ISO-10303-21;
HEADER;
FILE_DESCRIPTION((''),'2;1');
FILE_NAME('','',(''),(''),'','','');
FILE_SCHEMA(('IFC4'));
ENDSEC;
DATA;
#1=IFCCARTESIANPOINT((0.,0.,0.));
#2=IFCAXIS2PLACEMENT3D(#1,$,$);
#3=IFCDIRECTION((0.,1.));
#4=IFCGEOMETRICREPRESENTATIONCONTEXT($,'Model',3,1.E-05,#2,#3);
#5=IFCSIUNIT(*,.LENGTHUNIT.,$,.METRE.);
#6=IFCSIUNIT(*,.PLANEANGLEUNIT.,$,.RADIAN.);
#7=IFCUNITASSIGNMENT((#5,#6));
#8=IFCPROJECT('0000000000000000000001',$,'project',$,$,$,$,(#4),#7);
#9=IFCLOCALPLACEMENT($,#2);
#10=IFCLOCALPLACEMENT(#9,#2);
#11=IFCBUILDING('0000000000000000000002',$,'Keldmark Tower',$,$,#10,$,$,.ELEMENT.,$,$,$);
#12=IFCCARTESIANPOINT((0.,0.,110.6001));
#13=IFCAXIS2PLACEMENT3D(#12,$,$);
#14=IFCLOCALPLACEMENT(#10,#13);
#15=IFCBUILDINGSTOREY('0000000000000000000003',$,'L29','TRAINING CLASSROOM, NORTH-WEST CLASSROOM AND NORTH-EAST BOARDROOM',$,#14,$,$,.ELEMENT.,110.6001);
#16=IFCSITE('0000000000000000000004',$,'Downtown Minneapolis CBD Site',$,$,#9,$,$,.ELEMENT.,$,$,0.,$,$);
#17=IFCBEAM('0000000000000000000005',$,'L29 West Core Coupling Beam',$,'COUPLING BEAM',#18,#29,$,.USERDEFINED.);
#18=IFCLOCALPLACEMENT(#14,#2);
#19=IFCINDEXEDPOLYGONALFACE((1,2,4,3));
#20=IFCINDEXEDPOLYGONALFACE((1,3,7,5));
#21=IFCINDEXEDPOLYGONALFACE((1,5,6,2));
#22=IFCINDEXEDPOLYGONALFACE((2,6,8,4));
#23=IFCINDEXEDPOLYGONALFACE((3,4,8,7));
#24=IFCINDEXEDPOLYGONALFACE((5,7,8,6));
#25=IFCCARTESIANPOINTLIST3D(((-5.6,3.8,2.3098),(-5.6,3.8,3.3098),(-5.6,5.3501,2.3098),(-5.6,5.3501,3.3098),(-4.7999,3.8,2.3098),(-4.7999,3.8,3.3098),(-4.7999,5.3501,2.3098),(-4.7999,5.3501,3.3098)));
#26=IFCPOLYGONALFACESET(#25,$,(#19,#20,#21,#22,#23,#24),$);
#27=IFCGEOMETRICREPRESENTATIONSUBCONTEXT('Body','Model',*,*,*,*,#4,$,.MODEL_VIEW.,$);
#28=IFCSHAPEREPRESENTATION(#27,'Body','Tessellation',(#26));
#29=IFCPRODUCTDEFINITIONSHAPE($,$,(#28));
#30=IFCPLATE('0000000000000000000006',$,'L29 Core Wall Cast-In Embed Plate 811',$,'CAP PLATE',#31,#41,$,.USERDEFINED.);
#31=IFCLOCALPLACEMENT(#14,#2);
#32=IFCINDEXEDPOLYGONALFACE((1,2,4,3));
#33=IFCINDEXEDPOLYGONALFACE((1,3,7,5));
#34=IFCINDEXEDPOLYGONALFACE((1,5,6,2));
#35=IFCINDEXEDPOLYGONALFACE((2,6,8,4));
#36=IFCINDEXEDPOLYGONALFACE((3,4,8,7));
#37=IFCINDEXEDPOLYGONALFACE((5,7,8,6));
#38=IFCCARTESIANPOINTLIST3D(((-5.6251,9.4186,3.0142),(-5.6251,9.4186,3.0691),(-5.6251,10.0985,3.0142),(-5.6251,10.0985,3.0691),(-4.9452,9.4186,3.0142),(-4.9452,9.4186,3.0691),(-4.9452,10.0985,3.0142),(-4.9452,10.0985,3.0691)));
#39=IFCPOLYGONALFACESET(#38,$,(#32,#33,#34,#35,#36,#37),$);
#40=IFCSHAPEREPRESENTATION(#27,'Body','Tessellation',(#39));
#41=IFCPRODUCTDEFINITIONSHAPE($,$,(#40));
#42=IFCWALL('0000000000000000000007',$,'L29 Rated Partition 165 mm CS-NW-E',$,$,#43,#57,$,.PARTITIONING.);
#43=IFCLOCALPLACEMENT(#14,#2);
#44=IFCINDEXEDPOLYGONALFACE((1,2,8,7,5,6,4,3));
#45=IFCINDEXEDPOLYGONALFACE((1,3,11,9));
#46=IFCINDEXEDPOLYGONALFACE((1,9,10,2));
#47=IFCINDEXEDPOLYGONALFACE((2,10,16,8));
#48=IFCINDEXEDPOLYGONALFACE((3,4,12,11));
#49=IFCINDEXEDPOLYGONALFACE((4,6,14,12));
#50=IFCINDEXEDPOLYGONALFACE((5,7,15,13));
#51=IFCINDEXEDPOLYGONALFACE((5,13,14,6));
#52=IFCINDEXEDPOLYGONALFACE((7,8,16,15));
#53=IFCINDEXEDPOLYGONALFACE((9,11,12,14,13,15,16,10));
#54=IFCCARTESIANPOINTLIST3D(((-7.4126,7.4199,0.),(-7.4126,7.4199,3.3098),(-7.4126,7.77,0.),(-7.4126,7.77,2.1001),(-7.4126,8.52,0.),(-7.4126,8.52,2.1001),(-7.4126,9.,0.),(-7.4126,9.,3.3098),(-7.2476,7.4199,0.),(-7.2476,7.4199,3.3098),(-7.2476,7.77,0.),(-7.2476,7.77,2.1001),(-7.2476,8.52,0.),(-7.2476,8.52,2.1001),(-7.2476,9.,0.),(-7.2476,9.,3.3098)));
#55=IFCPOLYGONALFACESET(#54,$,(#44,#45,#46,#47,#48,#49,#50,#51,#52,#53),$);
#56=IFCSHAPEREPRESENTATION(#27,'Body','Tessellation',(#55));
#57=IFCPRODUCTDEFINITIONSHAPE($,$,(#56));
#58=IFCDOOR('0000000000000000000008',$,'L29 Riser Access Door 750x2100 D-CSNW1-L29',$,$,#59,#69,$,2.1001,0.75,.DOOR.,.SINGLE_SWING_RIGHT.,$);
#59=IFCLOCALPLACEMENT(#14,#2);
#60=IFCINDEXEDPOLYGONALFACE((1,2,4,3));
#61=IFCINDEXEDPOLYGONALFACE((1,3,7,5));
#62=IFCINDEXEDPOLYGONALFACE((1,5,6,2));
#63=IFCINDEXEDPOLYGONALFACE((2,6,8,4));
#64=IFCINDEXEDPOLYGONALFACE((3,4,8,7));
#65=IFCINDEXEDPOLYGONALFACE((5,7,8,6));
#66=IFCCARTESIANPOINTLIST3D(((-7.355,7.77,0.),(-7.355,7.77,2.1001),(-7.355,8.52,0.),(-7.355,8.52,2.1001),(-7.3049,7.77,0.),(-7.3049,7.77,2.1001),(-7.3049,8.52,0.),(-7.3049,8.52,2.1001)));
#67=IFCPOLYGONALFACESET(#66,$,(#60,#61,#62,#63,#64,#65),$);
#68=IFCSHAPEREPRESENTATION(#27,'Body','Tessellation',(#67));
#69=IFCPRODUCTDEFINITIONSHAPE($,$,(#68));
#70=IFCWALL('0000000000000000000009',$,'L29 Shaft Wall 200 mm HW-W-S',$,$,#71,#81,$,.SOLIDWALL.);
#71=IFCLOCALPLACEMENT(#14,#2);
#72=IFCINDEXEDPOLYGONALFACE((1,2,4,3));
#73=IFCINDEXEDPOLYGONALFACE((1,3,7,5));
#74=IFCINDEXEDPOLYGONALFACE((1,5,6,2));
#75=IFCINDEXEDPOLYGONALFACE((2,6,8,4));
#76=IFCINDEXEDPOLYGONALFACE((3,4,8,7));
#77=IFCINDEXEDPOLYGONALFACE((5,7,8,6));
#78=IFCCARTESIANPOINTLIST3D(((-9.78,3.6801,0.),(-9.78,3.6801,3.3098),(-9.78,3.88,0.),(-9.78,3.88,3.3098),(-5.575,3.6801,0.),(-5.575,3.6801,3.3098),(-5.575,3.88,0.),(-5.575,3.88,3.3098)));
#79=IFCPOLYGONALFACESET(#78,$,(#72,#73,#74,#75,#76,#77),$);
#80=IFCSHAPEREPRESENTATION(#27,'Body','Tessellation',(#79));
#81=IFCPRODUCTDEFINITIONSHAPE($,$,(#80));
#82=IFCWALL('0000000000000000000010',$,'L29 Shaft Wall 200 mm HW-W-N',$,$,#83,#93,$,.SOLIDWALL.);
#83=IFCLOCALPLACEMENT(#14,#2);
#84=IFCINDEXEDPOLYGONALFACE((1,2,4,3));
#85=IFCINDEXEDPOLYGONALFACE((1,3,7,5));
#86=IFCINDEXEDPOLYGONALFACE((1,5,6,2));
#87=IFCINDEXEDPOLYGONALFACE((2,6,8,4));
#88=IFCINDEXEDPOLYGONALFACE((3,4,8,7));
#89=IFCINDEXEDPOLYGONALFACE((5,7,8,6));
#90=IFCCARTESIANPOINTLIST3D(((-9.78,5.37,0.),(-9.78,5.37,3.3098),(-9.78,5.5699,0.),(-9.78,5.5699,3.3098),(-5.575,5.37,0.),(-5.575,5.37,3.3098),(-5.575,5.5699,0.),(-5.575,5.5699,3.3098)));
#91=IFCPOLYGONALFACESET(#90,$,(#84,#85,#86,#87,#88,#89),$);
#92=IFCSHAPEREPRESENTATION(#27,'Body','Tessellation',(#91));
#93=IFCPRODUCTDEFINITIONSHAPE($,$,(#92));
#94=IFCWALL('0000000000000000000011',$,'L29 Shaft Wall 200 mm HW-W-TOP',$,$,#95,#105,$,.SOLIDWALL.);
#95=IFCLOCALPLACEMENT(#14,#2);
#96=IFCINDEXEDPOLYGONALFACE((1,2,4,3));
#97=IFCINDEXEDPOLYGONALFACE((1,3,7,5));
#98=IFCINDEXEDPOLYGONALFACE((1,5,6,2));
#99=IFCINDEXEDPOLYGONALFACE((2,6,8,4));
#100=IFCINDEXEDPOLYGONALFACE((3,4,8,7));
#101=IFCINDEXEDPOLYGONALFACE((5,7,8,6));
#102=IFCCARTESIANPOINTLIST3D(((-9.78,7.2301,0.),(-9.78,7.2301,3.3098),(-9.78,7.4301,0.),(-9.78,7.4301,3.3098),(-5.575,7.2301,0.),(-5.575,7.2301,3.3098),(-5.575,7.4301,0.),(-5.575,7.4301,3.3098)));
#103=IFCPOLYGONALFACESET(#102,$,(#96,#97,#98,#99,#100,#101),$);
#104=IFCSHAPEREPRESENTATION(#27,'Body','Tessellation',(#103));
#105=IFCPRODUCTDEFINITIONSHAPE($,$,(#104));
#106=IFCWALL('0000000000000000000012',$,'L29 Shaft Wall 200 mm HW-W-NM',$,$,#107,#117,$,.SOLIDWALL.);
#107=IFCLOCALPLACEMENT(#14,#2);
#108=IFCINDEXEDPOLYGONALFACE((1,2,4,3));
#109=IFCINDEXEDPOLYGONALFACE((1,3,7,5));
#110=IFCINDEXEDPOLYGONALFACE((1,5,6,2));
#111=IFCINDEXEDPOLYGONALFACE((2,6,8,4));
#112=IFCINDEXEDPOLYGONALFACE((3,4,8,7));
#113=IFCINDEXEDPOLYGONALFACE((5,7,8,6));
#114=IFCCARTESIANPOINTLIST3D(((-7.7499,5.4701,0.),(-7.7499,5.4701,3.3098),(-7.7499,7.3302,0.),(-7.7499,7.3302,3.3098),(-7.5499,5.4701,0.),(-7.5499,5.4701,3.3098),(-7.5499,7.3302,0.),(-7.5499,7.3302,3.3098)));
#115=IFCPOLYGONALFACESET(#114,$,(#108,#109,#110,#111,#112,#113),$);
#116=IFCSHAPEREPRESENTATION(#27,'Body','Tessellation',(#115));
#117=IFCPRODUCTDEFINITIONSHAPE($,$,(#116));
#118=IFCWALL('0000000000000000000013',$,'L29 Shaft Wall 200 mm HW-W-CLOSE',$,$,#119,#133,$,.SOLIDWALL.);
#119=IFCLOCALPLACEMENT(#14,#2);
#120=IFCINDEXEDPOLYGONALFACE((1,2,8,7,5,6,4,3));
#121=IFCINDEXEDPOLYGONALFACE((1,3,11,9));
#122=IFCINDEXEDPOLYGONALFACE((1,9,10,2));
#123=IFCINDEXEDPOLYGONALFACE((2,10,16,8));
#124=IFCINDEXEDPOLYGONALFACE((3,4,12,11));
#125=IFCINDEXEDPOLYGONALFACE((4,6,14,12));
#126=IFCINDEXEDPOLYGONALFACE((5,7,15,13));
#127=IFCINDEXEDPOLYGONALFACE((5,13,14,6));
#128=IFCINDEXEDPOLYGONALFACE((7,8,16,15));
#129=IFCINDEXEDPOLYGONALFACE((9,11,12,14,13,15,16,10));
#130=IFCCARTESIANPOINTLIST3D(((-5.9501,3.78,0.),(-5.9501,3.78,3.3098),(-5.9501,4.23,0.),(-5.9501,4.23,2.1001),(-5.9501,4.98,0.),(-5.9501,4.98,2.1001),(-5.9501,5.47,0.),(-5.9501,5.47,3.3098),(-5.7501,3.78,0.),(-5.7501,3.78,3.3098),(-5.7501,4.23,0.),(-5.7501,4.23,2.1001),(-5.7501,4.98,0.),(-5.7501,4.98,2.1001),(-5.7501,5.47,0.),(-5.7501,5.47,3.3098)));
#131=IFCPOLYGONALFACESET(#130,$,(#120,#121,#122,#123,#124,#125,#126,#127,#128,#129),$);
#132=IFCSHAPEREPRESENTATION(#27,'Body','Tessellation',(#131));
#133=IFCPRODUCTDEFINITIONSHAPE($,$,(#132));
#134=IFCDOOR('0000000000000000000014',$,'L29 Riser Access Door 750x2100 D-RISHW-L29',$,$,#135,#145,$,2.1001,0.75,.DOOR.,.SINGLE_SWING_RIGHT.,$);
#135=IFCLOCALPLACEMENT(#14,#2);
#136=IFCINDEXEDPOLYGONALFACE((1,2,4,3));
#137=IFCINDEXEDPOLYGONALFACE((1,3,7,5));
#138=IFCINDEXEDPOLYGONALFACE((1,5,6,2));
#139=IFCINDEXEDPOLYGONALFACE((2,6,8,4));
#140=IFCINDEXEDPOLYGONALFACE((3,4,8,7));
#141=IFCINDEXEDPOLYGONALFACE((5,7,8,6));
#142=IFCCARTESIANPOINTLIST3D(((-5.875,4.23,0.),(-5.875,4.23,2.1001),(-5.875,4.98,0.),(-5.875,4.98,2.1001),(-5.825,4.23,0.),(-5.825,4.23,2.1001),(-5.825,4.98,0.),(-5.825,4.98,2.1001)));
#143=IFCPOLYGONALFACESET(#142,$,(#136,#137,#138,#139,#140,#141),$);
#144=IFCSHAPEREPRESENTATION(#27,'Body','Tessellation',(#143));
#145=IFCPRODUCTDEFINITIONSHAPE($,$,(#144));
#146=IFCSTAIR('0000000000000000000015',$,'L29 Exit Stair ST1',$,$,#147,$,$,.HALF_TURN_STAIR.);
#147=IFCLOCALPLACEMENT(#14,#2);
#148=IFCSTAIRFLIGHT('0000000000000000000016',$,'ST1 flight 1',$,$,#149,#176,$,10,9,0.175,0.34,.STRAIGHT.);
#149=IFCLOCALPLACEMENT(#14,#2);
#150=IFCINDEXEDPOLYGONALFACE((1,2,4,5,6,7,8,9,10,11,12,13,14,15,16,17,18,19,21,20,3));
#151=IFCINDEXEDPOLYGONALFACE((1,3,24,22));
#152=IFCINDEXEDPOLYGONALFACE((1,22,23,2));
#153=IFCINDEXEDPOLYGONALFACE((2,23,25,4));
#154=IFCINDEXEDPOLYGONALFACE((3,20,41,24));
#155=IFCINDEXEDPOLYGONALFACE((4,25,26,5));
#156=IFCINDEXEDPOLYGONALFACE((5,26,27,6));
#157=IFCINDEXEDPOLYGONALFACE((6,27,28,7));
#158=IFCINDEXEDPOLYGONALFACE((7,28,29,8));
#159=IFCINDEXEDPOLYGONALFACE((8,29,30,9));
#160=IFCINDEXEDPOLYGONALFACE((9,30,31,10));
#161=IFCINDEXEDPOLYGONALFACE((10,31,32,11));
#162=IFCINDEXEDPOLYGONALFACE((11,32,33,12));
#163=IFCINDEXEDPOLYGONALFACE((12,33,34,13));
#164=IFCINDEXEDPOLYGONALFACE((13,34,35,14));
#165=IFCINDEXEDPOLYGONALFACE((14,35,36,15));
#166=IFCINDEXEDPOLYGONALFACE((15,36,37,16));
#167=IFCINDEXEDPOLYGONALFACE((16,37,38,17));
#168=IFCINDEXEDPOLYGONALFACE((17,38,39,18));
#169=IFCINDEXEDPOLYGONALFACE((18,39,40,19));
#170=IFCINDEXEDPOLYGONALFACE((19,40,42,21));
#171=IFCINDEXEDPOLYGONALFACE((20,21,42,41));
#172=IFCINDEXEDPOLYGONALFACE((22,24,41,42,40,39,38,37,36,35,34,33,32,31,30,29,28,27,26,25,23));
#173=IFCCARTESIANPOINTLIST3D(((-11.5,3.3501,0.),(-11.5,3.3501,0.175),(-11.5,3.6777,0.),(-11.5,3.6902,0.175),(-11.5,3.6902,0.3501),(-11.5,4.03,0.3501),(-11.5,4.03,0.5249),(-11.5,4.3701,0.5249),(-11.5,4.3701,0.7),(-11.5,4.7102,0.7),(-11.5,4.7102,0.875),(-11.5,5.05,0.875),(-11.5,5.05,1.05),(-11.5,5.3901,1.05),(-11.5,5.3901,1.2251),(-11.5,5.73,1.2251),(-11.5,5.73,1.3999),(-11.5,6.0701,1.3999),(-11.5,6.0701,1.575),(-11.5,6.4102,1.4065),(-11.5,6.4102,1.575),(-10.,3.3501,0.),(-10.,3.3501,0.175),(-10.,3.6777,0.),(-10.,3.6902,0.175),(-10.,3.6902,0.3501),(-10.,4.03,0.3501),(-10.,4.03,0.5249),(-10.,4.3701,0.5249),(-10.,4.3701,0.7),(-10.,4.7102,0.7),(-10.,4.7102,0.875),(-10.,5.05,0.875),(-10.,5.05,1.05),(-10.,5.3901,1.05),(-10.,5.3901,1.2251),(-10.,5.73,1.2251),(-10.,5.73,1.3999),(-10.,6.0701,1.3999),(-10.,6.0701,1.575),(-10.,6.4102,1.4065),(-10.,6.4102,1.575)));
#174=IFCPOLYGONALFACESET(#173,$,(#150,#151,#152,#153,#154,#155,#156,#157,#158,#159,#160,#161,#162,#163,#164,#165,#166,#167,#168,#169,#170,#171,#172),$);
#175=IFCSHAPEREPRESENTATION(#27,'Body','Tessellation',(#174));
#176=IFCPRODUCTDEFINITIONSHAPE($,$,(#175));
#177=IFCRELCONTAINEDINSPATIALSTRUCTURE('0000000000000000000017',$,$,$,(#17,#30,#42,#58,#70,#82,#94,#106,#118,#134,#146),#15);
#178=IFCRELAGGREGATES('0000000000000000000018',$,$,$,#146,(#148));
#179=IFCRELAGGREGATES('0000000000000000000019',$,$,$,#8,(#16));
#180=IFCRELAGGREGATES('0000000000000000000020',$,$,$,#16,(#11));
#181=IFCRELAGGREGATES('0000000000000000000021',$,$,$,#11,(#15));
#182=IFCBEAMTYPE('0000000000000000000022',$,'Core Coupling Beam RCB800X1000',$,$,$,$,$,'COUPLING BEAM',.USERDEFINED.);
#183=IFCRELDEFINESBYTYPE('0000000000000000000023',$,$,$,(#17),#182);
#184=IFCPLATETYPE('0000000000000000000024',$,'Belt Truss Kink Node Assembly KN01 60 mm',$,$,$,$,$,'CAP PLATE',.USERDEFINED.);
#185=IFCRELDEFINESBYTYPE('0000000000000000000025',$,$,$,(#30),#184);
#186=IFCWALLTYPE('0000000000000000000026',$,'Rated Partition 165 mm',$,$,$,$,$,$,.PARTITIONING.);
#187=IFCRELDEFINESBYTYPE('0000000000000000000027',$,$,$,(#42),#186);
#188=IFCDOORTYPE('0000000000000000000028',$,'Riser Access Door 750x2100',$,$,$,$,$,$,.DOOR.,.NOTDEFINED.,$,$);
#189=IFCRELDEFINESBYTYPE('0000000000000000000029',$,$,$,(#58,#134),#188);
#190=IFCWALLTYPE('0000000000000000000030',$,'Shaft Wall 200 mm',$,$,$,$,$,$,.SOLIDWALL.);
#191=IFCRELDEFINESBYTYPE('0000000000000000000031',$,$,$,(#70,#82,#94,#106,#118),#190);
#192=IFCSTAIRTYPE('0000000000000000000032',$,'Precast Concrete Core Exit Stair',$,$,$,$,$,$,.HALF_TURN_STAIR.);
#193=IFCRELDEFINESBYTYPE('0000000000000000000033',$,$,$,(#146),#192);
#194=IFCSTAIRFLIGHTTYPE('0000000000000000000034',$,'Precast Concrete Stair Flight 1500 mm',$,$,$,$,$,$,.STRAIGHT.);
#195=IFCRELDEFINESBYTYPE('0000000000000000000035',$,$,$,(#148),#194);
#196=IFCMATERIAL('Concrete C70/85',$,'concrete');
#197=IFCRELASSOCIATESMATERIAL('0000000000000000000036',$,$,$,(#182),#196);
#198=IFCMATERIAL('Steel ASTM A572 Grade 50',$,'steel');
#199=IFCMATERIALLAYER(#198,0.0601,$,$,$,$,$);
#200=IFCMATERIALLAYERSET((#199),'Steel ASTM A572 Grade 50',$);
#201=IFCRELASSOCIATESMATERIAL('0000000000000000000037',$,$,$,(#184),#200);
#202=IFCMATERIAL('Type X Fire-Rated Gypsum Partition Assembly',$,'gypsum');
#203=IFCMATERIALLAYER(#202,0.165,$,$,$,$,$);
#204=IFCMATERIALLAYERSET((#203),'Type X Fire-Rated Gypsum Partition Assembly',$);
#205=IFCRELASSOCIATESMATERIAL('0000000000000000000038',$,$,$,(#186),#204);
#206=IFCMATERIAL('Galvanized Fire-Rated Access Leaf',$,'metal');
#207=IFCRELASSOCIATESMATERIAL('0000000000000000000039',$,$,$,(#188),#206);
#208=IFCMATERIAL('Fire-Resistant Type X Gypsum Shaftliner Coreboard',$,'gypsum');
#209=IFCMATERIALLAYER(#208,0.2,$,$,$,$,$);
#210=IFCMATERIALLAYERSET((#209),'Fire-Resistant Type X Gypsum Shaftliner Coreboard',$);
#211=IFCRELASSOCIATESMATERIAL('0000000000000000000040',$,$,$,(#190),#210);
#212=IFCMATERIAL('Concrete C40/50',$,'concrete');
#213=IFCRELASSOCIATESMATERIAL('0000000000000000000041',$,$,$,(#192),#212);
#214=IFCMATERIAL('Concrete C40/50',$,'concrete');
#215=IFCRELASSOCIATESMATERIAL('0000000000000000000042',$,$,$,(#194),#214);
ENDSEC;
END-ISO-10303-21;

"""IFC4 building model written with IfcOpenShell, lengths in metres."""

from ifc_helpers import new_model, si_unit, direction, frame, frame_2d, origin, origin_2d, place, context, subcontext, project, spatial, polyline, rectangle, outline, extrude, material, layer, layer_set, material_profile, profile_set, type_object, element, fill, aggregate, save


model = new_model("IFC4")

# Units and contexts
model_context = context("Model", 3, precision=1e-05, world=origin(), true_north=direction((0.0, 1.0)))
body_context = subcontext(model_context, "Body", "Model", "MODEL_VIEW")
ifc_project = project(units=[si_unit("LENGTHUNIT", "METRE"), si_unit("PLANEANGLEUNIT", "RADIAN")], contexts=[model_context])

# Site, building, storey
site_placement = place(None, origin())
site = spatial("IfcSite", under=ifc_project, at=site_placement, Name="Downtown Minneapolis CBD Site", CompositionType="ELEMENT", RefElevation=0.0)
building_placement = place(site_placement, origin())
building = spatial("IfcBuilding", under=site, at=building_placement, Name="Keldmark Tower", CompositionType="ELEMENT")
storey_placement = place(building_placement, frame((0.0, 0.0, 110.6001)))
storey = spatial("IfcBuildingStorey", under=building, at=storey_placement, Name="L29", Description="TRAINING CLASSROOM, NORTH-WEST CLASSROOM AND NORTH-EAST BOARDROOM", CompositionType="ELEMENT", Elevation=110.6001)

# Beam
ifc_material_1 = material(Name="Concrete C70/85", Category="concrete")
ifc_material_profile = material_profile(ifc_material_1, rectangle(XDim=0.8, YDim=1.0, at=origin_2d()), Name="RCB800X1000")
ifc_profile_set = profile_set([ifc_material_profile], Name="Concrete C70/85")
beam_type = type_object("IfcBeamType", Name="Core Coupling Beam RCB800X1000", ElementType="COUPLING BEAM", PredefinedType="USERDEFINED", material=ifc_profile_set)
beam_placement = place(storey_placement, frame((-5.2, 3.8, 2.8098), z_axis=(0.0, 1.0, 0.0), x_axis=(-1.0, 0.0, 0.0)))
element("IfcBeam", 1, at=beam_placement, inside=storey, type_object=beam_type, Name="L29 West Core Coupling Beam", ObjectType="COUPLING BEAM", PredefinedType="USERDEFINED", context=body_context, shape_type="SweptSolid", body=[
    extrude(rectangle(XDim=0.8, YDim=1.0, at=origin_2d()), origin(), (0.0, 0.0, 1.0), 1.55),
])

# Plate
ifc_material_2 = material(Name="Steel ASTM A572 Grade 50", Category="steel")
ifc_layer_1 = layer(ifc_material_2, 0.0601)
ifc_layer_set_1 = layer_set([ifc_layer_1], Name="Steel ASTM A572 Grade 50")
plate_type = type_object("IfcPlateType", Name="Belt Truss Kink Node Assembly KN01 60 mm", ElementType="CAP PLATE", PredefinedType="USERDEFINED", material=ifc_layer_set_1)
plate_placement = place(storey_placement, frame((-5.2852, 9.7585, 3.0142), z_axis=(0.0, 0.0, 1.0), x_axis=(1.0, 0.0, 0.0)))
element("IfcPlate", 2, at=plate_placement, inside=storey, type_object=plate_type, Name="L29 Core Wall Cast-In Embed Plate 811", ObjectType="CAP PLATE", PredefinedType="USERDEFINED", context=body_context, shape_type="SweptSolid", body=[
    extrude(rectangle(XDim=0.6799, YDim=0.6799, at=origin_2d()), origin(), (0.0, 0.0, 1.0), 0.0549),
])

# Wall, opening, door
ifc_material_3 = material(Name="Type X Fire-Rated Gypsum Partition Assembly", Category="gypsum")
ifc_layer_2 = layer(ifc_material_3, 0.165)
ifc_layer_set_2 = layer_set([ifc_layer_2], Name="Type X Fire-Rated Gypsum Partition Assembly")
wall_type_1 = type_object("IfcWallType", Name="Rated Partition 165 mm", PredefinedType="PARTITIONING", material=ifc_layer_set_2)
wall_1_placement = place(storey_placement, frame((-7.3301, 7.4199, 0.0), z_axis=(0.0, 0.0, 1.0), x_axis=(0.0, 1.0, 0.0)))
wall_1 = element("IfcWall", 3, at=wall_1_placement, inside=storey, type_object=wall_type_1, Name="L29 Rated Partition 165 mm CS-NW-E", PredefinedType="PARTITIONING", context=body_context, shape_type="SweptSolid", body=[
    extrude(rectangle(XDim=1.5801, YDim=0.165, at=frame_2d((0.79, 0.0))), origin(), (0.0, 0.0, 1.0), 3.3098),
])
opening_1_placement = place(wall_1_placement, frame((0.3501, 0.0, 0.0)))
opening_1 = element("IfcOpeningElement", 4, at=opening_1_placement, cuts=wall_1, PredefinedType="OPENING", context=body_context, shape_type="SweptSolid", body=[
    extrude(rectangle(XDim=0.75, YDim=2.1001, at=frame_2d((0.375, 1.05))), frame((0.0, 0.0925, 0.0), z_axis=(0.0, -1.0, 0.0), x_axis=(1.0, 0.0, 0.0)), (0.0, 0.0, 1.0), 0.1851),
])
ifc_material_4 = material(Name="Galvanized Fire-Rated Access Leaf", Category="metal")
door_type = type_object("IfcDoorType", Name="Riser Access Door 750x2100", OperationType="NOTDEFINED", PredefinedType="DOOR", material=ifc_material_4)
door_1_placement = place(opening_1_placement, origin())
door_1 = element("IfcDoor", 5, at=door_1_placement, inside=storey, type_object=door_type, Name="L29 Riser Access Door 750x2100 D-CSNW1-L29", OperationType="SINGLE_SWING_RIGHT", OverallHeight=2.1001, OverallWidth=0.75, PredefinedType="DOOR", context=body_context, shape_type="SweptSolid", body=[
    extrude(rectangle(XDim=0.75, YDim=2.1001, at=frame_2d((0.375, 1.05))), frame((0.0, 0.0249, 0.0), z_axis=(0.0, -1.0, 0.0), x_axis=(1.0, 0.0, 0.0)), (0.0, 0.0, 1.0), 0.05),
])
fill(opening_1, door_1)

# Walls
ifc_material_5 = material(Name="Fire-Resistant Type X Gypsum Shaftliner Coreboard", Category="gypsum")
ifc_layer_3 = layer(ifc_material_5, 0.2)
ifc_layer_set_3 = layer_set([ifc_layer_3], Name="Fire-Resistant Type X Gypsum Shaftliner Coreboard")
wall_type_2 = type_object("IfcWallType", Name="Shaft Wall 200 mm", PredefinedType="SOLIDWALL", material=ifc_layer_set_3)
for number, where, z_axis, x_axis, name in (
    (6, (-9.78, 3.78, 0.0), (0.0, 0.0, 1.0), (1.0, 0.0, 0.0), "L29 Shaft Wall 200 mm HW-W-S"),
    (7, (-9.78, 5.47, 0.0), (0.0, 0.0, 1.0), (1.0, 0.0, 0.0), "L29 Shaft Wall 200 mm HW-W-N"),
    (8, (-9.78, 7.3301, 0.0), (0.0, 0.0, 1.0), (1.0, 0.0, 0.0), "L29 Shaft Wall 200 mm HW-W-TOP"),
):
    element("IfcWall", number, at=place(storey_placement, frame(where, z_axis=z_axis, x_axis=x_axis)), inside=storey, type_object=wall_type_2, Name=name, PredefinedType="SOLIDWALL", context=body_context, shape_type="SweptSolid", body=[
        extrude(rectangle(XDim=4.2051, YDim=0.2, at=frame_2d((2.1025, 0.0))), origin(), (0.0, 0.0, 1.0), 3.3098),
    ])
wall_2_placement = place(storey_placement, frame((-7.6499, 5.47, 0.0), z_axis=(0.0, 0.0, 1.0), x_axis=(0.0, 1.0, 0.0)))
element("IfcWall", 9, at=wall_2_placement, inside=storey, type_object=wall_type_2, Name="L29 Shaft Wall 200 mm HW-W-NM", PredefinedType="SOLIDWALL", context=body_context, shape_type="SweptSolid", body=[
    extrude(rectangle(XDim=1.8601, YDim=0.2, at=frame_2d((0.9302, 0.0))), origin(), (0.0, 0.0, 1.0), 3.3098),
])

# Wall, opening, door
wall_3_placement = place(storey_placement, frame((-5.8501, 3.78, 0.0), z_axis=(0.0, 0.0, 1.0), x_axis=(0.0, 1.0, 0.0)))
wall_3 = element("IfcWall", 10, at=wall_3_placement, inside=storey, type_object=wall_type_2, Name="L29 Shaft Wall 200 mm HW-W-CLOSE", PredefinedType="SOLIDWALL", context=body_context, shape_type="SweptSolid", body=[
    extrude(rectangle(XDim=1.6899, YDim=0.2, at=frame_2d((0.845, 0.0))), origin(), (0.0, 0.0, 1.0), 3.3098),
])
opening_2_placement = place(wall_3_placement, frame((0.45, 0.0, 0.0)))
opening_2 = element("IfcOpeningElement", 11, at=opening_2_placement, cuts=wall_3, PredefinedType="OPENING", context=body_context, shape_type="SweptSolid", body=[
    extrude(rectangle(XDim=0.75, YDim=2.1001, at=frame_2d((0.375, 1.05))), frame((0.0, 0.1099, 0.0), z_axis=(0.0, -1.0, 0.0), x_axis=(1.0, 0.0, 0.0)), (0.0, 0.0, 1.0), 0.22),
])
door_2_placement = place(opening_2_placement, origin())
door_2 = element("IfcDoor", 12, at=door_2_placement, inside=storey, type_object=door_type, Name="L29 Riser Access Door 750x2100 D-RISHW-L29", OperationType="SINGLE_SWING_RIGHT", OverallHeight=2.1001, OverallWidth=0.75, PredefinedType="DOOR", context=body_context, shape_type="SweptSolid", body=[
    extrude(rectangle(XDim=0.75, YDim=2.1001, at=frame_2d((0.375, 1.05))), frame((0.0, 0.0249, 0.0), z_axis=(0.0, -1.0, 0.0), x_axis=(1.0, 0.0, 0.0)), (0.0, 0.0, 1.0), 0.05),
])
fill(opening_2, door_2)

# Stair, stair flight
ifc_material_6 = material(Name="Concrete C40/50", Category="concrete")
stair_type = type_object("IfcStairType", Name="Precast Concrete Core Exit Stair", PredefinedType="HALF_TURN_STAIR", material=ifc_material_6)
stair_placement = place(storey_placement, origin())
stair = element("IfcStair", 13, at=stair_placement, inside=storey, type_object=stair_type, Name="L29 Exit Stair ST1", PredefinedType="HALF_TURN_STAIR")
ifc_material_7 = material(Name="Concrete C40/50", Category="concrete")
stair_flight_type = type_object("IfcStairFlightType", Name="Precast Concrete Stair Flight 1500 mm", PredefinedType="STRAIGHT", material=ifc_material_7)
stair_flight_placement = place(storey_placement, frame((-10.75, 3.3501, 0.0), z_axis=(0.0, 0.0, 1.0), x_axis=(0.0, 1.0, 0.0)))
stair_flight = element("IfcStairFlight", 14, at=stair_flight_placement, type_object=stair_flight_type, Name="ST1 flight 1", NumberOfRisers=10, NumberOfTreads=9, PredefinedType="STRAIGHT", RiserHeight=0.175, TreadLength=0.34, context=body_context, shape_type="SweptSolid", body=[
    extrude(outline(polyline([(0.0, 0.0), (0.0, 0.175), (0.3401, 0.175), (0.3401, 0.3501), (0.6799, 0.3501), (0.6799, 0.5249), (1.02, 0.5249), (1.02, 0.7), (1.3601, 0.7), (1.3601, 0.875), (1.7, 0.875), (1.7, 1.05), (2.04, 1.05), (2.04, 1.2251), (2.3799, 1.2251), (2.3799, 1.3999), (2.72, 1.3999), (2.72, 1.575), (3.0601, 1.575), (3.0601, 1.75), (3.0601, 1.4065), (0.3276, 0.0), (0.0, 0.0)])), frame((0.0, 0.75, 0.0), z_axis=(0.0, -1.0, 0.0), x_axis=(1.0, 0.0, 0.0)), (0.0, 0.0, 1.0), 1.5),
])
aggregate(stair, [stair_flight])

save(model, "model.ifc")
